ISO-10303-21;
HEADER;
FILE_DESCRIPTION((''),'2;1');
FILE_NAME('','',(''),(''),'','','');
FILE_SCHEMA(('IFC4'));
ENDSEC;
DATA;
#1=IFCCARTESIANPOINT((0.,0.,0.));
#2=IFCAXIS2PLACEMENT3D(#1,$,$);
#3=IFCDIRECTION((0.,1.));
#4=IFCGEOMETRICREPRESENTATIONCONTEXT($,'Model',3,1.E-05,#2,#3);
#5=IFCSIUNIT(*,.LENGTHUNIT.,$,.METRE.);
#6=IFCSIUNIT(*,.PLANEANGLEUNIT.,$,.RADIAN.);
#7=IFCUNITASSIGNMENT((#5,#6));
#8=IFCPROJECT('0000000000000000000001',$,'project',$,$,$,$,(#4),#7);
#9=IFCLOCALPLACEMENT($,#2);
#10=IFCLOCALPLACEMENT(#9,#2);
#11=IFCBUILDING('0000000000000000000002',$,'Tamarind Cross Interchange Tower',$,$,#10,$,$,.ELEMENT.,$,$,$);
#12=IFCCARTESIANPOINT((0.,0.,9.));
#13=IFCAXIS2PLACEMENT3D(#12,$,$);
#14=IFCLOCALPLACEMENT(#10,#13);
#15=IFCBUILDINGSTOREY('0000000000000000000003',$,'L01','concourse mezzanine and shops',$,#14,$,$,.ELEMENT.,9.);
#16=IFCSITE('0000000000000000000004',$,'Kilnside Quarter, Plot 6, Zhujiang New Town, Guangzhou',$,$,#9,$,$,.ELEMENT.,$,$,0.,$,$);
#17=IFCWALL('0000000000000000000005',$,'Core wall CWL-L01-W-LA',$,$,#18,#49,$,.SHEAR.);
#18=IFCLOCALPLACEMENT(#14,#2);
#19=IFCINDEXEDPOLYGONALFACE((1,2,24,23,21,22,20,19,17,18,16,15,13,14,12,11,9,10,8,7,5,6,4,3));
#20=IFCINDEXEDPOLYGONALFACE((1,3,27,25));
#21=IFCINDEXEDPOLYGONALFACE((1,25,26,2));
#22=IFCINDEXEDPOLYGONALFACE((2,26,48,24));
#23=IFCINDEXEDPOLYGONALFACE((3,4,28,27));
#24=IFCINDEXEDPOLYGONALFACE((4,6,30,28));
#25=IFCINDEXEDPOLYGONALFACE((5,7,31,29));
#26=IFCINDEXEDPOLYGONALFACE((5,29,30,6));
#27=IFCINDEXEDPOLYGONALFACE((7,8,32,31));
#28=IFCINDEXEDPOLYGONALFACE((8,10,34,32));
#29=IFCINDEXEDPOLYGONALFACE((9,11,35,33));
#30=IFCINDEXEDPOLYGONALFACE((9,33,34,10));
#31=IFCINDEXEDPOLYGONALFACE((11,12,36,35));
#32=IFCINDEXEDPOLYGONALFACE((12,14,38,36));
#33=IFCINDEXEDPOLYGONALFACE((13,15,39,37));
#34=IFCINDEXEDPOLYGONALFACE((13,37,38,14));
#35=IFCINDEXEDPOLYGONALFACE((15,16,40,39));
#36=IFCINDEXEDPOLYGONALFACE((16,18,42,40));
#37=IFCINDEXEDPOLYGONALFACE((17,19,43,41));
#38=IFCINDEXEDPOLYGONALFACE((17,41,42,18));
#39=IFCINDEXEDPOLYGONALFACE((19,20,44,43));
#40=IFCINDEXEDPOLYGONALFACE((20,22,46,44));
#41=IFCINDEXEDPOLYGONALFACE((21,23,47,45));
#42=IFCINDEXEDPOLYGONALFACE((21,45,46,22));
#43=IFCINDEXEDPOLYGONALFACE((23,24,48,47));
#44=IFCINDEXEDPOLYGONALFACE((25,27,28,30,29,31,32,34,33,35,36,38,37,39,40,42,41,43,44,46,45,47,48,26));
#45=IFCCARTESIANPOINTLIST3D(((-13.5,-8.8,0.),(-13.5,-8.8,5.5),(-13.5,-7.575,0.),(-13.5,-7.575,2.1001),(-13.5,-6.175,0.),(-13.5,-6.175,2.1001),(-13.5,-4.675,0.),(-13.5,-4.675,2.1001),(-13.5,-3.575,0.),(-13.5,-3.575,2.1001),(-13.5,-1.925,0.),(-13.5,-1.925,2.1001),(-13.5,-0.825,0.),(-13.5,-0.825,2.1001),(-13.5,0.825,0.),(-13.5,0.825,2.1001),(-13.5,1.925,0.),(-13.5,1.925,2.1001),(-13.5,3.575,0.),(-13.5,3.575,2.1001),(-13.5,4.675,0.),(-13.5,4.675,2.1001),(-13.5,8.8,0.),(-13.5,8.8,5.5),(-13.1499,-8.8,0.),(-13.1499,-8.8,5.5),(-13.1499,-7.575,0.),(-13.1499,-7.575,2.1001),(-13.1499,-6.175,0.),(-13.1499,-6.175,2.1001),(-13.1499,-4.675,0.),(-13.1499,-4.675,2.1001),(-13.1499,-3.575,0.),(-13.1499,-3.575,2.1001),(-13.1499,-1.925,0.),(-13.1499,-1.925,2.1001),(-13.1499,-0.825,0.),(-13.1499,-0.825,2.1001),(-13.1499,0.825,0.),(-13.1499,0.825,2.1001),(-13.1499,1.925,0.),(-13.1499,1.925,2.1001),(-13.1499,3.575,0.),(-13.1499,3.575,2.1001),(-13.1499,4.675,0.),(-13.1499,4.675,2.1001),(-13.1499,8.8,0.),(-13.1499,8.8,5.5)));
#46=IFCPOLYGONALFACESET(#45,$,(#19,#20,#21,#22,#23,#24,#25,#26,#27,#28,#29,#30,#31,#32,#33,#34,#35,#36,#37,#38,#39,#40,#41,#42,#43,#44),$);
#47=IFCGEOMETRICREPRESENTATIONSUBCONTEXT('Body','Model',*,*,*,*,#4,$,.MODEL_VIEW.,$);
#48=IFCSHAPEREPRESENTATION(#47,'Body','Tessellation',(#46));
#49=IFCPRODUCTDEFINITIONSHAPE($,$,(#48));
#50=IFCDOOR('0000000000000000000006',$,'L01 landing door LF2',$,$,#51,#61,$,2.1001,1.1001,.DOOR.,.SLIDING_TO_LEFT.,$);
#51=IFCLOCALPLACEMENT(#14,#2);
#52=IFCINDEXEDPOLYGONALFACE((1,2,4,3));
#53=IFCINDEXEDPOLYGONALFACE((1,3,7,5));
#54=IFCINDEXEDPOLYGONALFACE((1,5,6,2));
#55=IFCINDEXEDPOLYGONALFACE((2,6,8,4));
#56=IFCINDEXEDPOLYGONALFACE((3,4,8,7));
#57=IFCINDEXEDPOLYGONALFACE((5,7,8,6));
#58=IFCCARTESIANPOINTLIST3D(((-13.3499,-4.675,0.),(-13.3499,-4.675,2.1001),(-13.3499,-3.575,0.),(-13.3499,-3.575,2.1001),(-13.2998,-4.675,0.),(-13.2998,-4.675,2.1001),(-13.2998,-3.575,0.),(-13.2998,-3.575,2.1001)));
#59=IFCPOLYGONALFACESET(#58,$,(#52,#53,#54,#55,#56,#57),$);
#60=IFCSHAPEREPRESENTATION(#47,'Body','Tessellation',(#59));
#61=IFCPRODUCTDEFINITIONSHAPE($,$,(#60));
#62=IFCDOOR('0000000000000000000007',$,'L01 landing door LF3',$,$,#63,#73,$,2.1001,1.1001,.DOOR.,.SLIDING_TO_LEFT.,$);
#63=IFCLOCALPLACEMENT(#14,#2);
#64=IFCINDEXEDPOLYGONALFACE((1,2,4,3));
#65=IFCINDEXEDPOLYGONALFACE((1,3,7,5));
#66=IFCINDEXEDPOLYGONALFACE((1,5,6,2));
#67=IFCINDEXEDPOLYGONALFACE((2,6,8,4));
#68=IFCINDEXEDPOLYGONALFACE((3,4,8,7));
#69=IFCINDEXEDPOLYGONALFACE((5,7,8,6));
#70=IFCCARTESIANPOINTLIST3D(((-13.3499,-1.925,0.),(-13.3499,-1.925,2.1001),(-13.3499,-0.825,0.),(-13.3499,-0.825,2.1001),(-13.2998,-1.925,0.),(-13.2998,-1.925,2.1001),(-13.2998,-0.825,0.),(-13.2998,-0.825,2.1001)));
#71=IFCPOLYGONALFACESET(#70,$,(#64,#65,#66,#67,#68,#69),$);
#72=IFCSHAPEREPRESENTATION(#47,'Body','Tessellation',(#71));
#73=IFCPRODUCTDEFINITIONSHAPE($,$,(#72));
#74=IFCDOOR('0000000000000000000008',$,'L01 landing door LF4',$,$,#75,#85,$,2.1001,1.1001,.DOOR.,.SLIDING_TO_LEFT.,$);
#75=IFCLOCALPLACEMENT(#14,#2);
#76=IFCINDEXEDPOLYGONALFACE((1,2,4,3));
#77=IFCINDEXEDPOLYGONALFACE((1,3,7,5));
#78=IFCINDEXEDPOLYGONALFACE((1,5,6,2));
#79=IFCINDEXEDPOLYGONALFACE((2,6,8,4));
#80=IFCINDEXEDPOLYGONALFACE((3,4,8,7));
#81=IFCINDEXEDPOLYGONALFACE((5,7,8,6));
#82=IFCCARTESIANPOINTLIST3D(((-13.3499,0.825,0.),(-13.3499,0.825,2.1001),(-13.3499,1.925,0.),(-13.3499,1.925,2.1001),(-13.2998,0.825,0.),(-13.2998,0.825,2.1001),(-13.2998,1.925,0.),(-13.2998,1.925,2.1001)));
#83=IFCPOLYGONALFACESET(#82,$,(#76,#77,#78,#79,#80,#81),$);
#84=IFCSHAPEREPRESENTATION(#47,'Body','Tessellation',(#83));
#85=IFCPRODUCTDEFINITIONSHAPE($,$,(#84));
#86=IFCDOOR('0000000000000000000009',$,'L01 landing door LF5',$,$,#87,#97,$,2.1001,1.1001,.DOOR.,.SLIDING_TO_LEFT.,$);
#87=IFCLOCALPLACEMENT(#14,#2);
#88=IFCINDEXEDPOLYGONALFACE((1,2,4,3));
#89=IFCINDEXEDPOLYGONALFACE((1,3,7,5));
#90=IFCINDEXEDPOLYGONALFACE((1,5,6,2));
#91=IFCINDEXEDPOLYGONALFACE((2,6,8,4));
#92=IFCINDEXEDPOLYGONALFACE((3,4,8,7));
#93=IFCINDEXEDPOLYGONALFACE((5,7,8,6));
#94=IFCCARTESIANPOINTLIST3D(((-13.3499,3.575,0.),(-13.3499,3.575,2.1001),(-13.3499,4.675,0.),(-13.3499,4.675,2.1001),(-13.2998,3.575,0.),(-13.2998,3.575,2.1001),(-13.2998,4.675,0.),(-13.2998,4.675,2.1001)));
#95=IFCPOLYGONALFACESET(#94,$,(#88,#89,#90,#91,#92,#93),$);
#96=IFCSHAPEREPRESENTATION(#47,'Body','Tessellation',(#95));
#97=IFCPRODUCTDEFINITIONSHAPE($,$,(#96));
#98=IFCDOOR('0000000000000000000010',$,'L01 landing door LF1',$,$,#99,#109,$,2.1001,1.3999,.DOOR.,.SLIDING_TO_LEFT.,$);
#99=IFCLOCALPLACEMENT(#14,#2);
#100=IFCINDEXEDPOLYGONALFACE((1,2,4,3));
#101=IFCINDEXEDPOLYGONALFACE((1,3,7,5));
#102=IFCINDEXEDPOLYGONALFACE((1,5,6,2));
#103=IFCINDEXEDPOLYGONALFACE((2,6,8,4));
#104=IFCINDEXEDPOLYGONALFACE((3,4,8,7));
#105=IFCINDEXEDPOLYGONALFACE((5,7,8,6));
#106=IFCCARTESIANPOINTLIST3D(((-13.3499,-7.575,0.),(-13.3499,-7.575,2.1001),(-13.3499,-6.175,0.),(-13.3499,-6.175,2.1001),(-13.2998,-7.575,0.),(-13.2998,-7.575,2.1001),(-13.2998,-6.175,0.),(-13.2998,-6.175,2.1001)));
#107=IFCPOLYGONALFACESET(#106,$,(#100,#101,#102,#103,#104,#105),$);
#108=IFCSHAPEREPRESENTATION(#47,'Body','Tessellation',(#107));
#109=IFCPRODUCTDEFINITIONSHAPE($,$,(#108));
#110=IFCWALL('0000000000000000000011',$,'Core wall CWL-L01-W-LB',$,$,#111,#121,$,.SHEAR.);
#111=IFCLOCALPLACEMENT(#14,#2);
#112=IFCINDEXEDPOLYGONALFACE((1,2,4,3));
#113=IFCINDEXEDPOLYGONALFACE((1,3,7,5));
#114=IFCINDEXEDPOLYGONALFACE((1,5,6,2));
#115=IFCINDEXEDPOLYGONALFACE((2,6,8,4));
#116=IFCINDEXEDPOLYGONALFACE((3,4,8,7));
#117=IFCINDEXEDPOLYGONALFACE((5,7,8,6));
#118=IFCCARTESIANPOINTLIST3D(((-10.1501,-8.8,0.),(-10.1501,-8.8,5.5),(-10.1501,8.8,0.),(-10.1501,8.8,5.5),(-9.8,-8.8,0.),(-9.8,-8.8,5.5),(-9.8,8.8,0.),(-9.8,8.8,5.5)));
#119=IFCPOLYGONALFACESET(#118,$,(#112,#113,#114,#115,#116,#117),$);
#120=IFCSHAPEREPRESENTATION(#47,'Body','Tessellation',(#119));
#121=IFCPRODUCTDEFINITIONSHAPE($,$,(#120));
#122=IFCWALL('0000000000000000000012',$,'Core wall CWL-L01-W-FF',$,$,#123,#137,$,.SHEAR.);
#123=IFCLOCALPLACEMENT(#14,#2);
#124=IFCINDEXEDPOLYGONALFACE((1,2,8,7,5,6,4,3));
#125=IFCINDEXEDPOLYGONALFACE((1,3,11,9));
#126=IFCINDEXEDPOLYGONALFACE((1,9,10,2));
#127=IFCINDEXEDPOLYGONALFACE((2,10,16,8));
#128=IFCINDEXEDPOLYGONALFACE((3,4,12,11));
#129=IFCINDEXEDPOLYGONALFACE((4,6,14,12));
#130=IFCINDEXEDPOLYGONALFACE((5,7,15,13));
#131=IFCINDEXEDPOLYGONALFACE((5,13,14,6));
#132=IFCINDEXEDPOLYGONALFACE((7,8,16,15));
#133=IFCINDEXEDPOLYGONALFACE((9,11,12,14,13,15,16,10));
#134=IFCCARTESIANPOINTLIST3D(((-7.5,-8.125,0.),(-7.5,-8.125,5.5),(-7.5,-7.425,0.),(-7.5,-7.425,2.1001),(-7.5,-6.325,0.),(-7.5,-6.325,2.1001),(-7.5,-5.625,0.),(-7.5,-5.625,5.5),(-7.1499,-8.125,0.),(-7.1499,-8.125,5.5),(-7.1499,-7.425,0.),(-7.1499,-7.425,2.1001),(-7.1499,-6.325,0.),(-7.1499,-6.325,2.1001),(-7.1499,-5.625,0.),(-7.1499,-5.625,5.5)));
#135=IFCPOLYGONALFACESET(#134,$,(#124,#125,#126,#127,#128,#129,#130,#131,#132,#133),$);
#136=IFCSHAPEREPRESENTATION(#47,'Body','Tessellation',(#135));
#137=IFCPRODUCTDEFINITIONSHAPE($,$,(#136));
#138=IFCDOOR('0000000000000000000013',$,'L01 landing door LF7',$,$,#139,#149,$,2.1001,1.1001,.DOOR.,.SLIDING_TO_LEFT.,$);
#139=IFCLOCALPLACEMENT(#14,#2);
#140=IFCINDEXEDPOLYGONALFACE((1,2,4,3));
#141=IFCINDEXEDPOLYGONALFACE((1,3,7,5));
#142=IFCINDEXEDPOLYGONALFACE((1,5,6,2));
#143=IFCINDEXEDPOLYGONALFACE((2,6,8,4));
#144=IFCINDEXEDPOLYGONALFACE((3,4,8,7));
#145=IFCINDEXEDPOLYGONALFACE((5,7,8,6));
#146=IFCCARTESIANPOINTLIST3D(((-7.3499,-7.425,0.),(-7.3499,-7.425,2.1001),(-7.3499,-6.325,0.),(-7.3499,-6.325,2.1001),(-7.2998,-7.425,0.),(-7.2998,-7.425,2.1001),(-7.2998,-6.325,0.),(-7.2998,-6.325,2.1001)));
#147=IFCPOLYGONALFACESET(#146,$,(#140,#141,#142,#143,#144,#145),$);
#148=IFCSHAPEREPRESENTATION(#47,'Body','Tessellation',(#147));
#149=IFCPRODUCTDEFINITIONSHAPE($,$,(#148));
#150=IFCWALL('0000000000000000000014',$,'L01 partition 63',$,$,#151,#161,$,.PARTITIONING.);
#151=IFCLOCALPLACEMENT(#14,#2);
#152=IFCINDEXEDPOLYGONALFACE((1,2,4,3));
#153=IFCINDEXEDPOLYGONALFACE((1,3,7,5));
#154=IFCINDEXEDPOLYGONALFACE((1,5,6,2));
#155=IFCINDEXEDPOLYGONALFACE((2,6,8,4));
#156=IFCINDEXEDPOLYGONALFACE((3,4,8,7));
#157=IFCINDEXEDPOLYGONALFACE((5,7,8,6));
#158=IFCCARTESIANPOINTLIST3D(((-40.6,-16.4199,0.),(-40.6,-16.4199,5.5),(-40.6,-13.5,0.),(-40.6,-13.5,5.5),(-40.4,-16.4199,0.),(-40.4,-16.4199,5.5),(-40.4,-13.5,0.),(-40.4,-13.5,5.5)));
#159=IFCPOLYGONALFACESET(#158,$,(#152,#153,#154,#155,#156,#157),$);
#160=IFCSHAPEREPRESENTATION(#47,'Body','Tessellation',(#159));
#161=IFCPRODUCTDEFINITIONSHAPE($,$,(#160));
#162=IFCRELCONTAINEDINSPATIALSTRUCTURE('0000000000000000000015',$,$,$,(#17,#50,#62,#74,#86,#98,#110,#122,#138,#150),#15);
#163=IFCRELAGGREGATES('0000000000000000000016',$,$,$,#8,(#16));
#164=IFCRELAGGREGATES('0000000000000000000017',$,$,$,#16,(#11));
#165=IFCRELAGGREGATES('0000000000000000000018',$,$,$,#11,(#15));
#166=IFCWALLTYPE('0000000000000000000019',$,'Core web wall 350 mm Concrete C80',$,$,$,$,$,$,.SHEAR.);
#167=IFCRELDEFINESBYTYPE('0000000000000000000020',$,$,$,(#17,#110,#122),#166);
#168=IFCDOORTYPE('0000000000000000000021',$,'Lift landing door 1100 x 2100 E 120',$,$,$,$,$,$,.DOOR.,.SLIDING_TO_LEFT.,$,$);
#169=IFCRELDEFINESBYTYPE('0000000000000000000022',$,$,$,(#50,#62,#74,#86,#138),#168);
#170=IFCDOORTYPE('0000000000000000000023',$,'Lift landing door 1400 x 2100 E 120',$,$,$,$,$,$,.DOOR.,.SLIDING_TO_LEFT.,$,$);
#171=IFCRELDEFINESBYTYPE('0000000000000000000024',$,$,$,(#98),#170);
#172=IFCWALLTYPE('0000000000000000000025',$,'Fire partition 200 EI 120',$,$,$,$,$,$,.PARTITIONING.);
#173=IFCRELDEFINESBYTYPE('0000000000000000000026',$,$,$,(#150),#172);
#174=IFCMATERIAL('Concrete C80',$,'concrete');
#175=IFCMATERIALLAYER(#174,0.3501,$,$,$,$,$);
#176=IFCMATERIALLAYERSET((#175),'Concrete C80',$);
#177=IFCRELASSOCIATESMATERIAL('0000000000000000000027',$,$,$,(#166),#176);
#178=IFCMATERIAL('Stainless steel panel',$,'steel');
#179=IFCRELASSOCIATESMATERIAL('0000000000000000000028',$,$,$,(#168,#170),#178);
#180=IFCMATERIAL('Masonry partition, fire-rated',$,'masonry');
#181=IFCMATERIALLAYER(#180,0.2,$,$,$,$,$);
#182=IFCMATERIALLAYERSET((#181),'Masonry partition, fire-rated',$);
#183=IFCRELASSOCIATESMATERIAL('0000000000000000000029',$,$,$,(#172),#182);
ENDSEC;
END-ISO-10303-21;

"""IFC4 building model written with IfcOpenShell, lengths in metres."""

from ifc_helpers import new_model, si_unit, direction, frame, frame_2d, origin, place, context, subcontext, project, spatial, rectangle, extrude, material, layer, layer_set, type_object, element, fill, save


model = new_model("IFC4")

# Units and contexts
model_context = context("Model", 3, precision=1e-05, world=origin(), true_north=direction((0.0, 1.0)))
body_context = subcontext(model_context, "Body", "Model", "MODEL_VIEW")
ifc_project = project(units=[si_unit("LENGTHUNIT", "METRE"), si_unit("PLANEANGLEUNIT", "RADIAN")], contexts=[model_context])

# Site, building, storey
site_placement = place(None, origin())
site = spatial("IfcSite", under=ifc_project, at=site_placement, Name="Kilnside Quarter, Plot 6, Zhujiang New Town, Guangzhou", CompositionType="ELEMENT", RefElevation=0.0)
building_placement = place(site_placement, origin())
building = spatial("IfcBuilding", under=site, at=building_placement, Name="Tamarind Cross Interchange Tower", CompositionType="ELEMENT")
storey_placement = place(building_placement, frame((0.0, 0.0, 9.0)))
storey = spatial("IfcBuildingStorey", under=building, at=storey_placement, Name="L01", Description="concourse mezzanine and shops", CompositionType="ELEMENT", Elevation=9.0)

# Shared definitions
ifc_material_1 = material(Name="Concrete C80", Category="concrete")

# Shared definitions
ifc_layer_1 = layer(ifc_material_1, 0.3501)
ifc_layer_set_1 = layer_set([ifc_layer_1], Name="Concrete C80")
wall_type_1 = type_object("IfcWallType", Name="Core web wall 350 mm Concrete C80", PredefinedType="SHEAR", material=ifc_layer_set_1)

# Wall, openings, doors
wall_1_placement = place(storey_placement, frame((-13.325, -8.8, 0.0), z_axis=(0.0, 0.0, 1.0), x_axis=(0.0, 1.0, 0.0)))
wall_1 = element("IfcWall", 1, at=wall_1_placement, inside=storey, type_object=wall_type_1, Name="Core wall CWL-L01-W-LA", PredefinedType="SHEAR", context=body_context, shape_type="SweptSolid", body=[
    extrude(rectangle(XDim=17.6001, YDim=0.3501, at=frame_2d((8.8, 0.0))), origin(), (0.0, 0.0, 1.0), 5.5),
])
opening_1_placement = place(wall_1_placement, frame((1.2251, 0.0, 0.0)))
opening_1 = element("IfcOpeningElement", 2, at=opening_1_placement, cuts=wall_1, PredefinedType="OPENING", context=body_context, shape_type="SweptSolid", body=[
    extrude(rectangle(XDim=1.3999, YDim=2.1001, at=frame_2d((0.7, 1.05))), frame((0.0, 0.1851, 0.0), z_axis=(0.0, -1.0, 0.0), x_axis=(1.0, 0.0, 0.0)), (0.0, 0.0, 1.0), 0.3701),
])
opening_2_placement = place(wall_1_placement, frame((4.125, 0.0, 0.0)))
opening_2 = element("IfcOpeningElement", 3, at=opening_2_placement, cuts=wall_1, PredefinedType="OPENING", context=body_context, shape_type="SweptSolid", body=[
    extrude(rectangle(XDim=1.1001, YDim=2.1001, at=frame_2d((0.55, 1.05))), frame((0.0, 0.1851, 0.0), z_axis=(0.0, -1.0, 0.0), x_axis=(1.0, 0.0, 0.0)), (0.0, 0.0, 1.0), 0.3701),
])
opening_3_placement = place(wall_1_placement, frame((6.875, 0.0, 0.0)))
opening_3 = element("IfcOpeningElement", 4, at=opening_3_placement, cuts=wall_1, PredefinedType="OPENING", context=body_context, shape_type="SweptSolid", body=[
    extrude(rectangle(XDim=1.1001, YDim=2.1001, at=frame_2d((0.55, 1.05))), frame((0.0, 0.1851, 0.0), z_axis=(0.0, -1.0, 0.0), x_axis=(1.0, 0.0, 0.0)), (0.0, 0.0, 1.0), 0.3701),
])
opening_4_placement = place(wall_1_placement, frame((9.625, 0.0, 0.0)))
opening_4 = element("IfcOpeningElement", 5, at=opening_4_placement, cuts=wall_1, PredefinedType="OPENING", context=body_context, shape_type="SweptSolid", body=[
    extrude(rectangle(XDim=1.1001, YDim=2.1001, at=frame_2d((0.55, 1.05))), frame((0.0, 0.1851, 0.0), z_axis=(0.0, -1.0, 0.0), x_axis=(1.0, 0.0, 0.0)), (0.0, 0.0, 1.0), 0.3701),
])
opening_5_placement = place(wall_1_placement, frame((12.375, 0.0, 0.0)))
opening_5 = element("IfcOpeningElement", 6, at=opening_5_placement, cuts=wall_1, PredefinedType="OPENING", context=body_context, shape_type="SweptSolid", body=[
    extrude(rectangle(XDim=1.1001, YDim=2.1001, at=frame_2d((0.55, 1.05))), frame((0.0, 0.1851, 0.0), z_axis=(0.0, -1.0, 0.0), x_axis=(1.0, 0.0, 0.0)), (0.0, 0.0, 1.0), 0.3701),
])
ifc_material_2 = material(Name="Stainless steel panel", Category="steel")
door_type_1 = type_object("IfcDoorType", Name="Lift landing door 1100 x 2100 E 120", OperationType="SLIDING_TO_LEFT", PredefinedType="DOOR", material=ifc_material_2)
door_1_placement = place(opening_2_placement, origin())
door_1 = element("IfcDoor", 7, at=door_1_placement, inside=storey, type_object=door_type_1, Name="L01 landing door LF2", OperationType="SLIDING_TO_LEFT", OverallHeight=2.1001, OverallWidth=1.1001, PredefinedType="DOOR", context=body_context, shape_type="SweptSolid", body=[
    extrude(rectangle(XDim=1.1001, YDim=2.1001, at=frame_2d((0.55, 1.05))), frame((0.0, 0.0249, 0.0), z_axis=(0.0, -1.0, 0.0), x_axis=(1.0, 0.0, 0.0)), (0.0, 0.0, 1.0), 0.05),
])
fill(opening_2, door_1)
door_2_placement = place(opening_3_placement, origin())
door_2 = element("IfcDoor", 8, at=door_2_placement, inside=storey, type_object=door_type_1, Name="L01 landing door LF3", OperationType="SLIDING_TO_LEFT", OverallHeight=2.1001, OverallWidth=1.1001, PredefinedType="DOOR", context=body_context, shape_type="SweptSolid", body=[
    extrude(rectangle(XDim=1.1001, YDim=2.1001, at=frame_2d((0.55, 1.05))), frame((0.0, 0.0249, 0.0), z_axis=(0.0, -1.0, 0.0), x_axis=(1.0, 0.0, 0.0)), (0.0, 0.0, 1.0), 0.05),
])
fill(opening_3, door_2)
door_3_placement = place(opening_4_placement, origin())
door_3 = element("IfcDoor", 9, at=door_3_placement, inside=storey, type_object=door_type_1, Name="L01 landing door LF4", OperationType="SLIDING_TO_LEFT", OverallHeight=2.1001, OverallWidth=1.1001, PredefinedType="DOOR", context=body_context, shape_type="SweptSolid", body=[
    extrude(rectangle(XDim=1.1001, YDim=2.1001, at=frame_2d((0.55, 1.05))), frame((0.0, 0.0249, 0.0), z_axis=(0.0, -1.0, 0.0), x_axis=(1.0, 0.0, 0.0)), (0.0, 0.0, 1.0), 0.05),
])
fill(opening_4, door_3)
door_4_placement = place(opening_5_placement, origin())
door_4 = element("IfcDoor", 10, at=door_4_placement, inside=storey, type_object=door_type_1, Name="L01 landing door LF5", OperationType="SLIDING_TO_LEFT", OverallHeight=2.1001, OverallWidth=1.1001, PredefinedType="DOOR", context=body_context, shape_type="SweptSolid", body=[
    extrude(rectangle(XDim=1.1001, YDim=2.1001, at=frame_2d((0.55, 1.05))), frame((0.0, 0.0249, 0.0), z_axis=(0.0, -1.0, 0.0), x_axis=(1.0, 0.0, 0.0)), (0.0, 0.0, 1.0), 0.05),
])
fill(opening_5, door_4)
door_type_2 = type_object("IfcDoorType", Name="Lift landing door 1400 x 2100 E 120", OperationType="SLIDING_TO_LEFT", PredefinedType="DOOR", material=ifc_material_2)
door_5_placement = place(opening_1_placement, origin())
door_5 = element("IfcDoor", 11, at=door_5_placement, inside=storey, type_object=door_type_2, Name="L01 landing door LF1", OperationType="SLIDING_TO_LEFT", OverallHeight=2.1001, OverallWidth=1.3999, PredefinedType="DOOR", context=body_context, shape_type="SweptSolid", body=[
    extrude(rectangle(XDim=1.3999, YDim=2.1001, at=frame_2d((0.7, 1.05))), frame((0.0, 0.0249, 0.0), z_axis=(0.0, -1.0, 0.0), x_axis=(1.0, 0.0, 0.0)), (0.0, 0.0, 1.0), 0.05),
])
fill(opening_1, door_5)

# Wall
wall_2_placement = place(storey_placement, frame((-9.9751, -8.8, 0.0), z_axis=(0.0, 0.0, 1.0), x_axis=(0.0, 1.0, 0.0)))
element("IfcWall", 12, at=wall_2_placement, inside=storey, type_object=wall_type_1, Name="Core wall CWL-L01-W-LB", PredefinedType="SHEAR", context=body_context, shape_type="SweptSolid", body=[
    extrude(rectangle(XDim=17.6001, YDim=0.3501, at=frame_2d((8.8, 0.0))), origin(), (0.0, 0.0, 1.0), 5.5),
])

# Wall, opening, door
wall_3_placement = place(storey_placement, frame((-7.325, -8.125, 0.0), z_axis=(0.0, 0.0, 1.0), x_axis=(0.0, 1.0, 0.0)))
wall_3 = element("IfcWall", 13, at=wall_3_placement, inside=storey, type_object=wall_type_1, Name="Core wall CWL-L01-W-FF", PredefinedType="SHEAR", context=body_context, shape_type="SweptSolid", body=[
    extrude(rectangle(XDim=2.5, YDim=0.3501, at=frame_2d((1.25, 0.0))), origin(), (0.0, 0.0, 1.0), 5.5),
])
opening_6_placement = place(wall_3_placement, frame((0.7, 0.0, 0.0)))
opening_6 = element("IfcOpeningElement", 14, at=opening_6_placement, cuts=wall_3, PredefinedType="OPENING", context=body_context, shape_type="SweptSolid", body=[
    extrude(rectangle(XDim=1.1001, YDim=2.1001, at=frame_2d((0.55, 1.05))), frame((0.0, 0.1851, 0.0), z_axis=(0.0, -1.0, 0.0), x_axis=(1.0, 0.0, 0.0)), (0.0, 0.0, 1.0), 0.3701),
])
door_6_placement = place(opening_6_placement, origin())
door_6 = element("IfcDoor", 15, at=door_6_placement, inside=storey, type_object=door_type_1, Name="L01 landing door LF7", OperationType="SLIDING_TO_LEFT", OverallHeight=2.1001, OverallWidth=1.1001, PredefinedType="DOOR", context=body_context, shape_type="SweptSolid", body=[
    extrude(rectangle(XDim=1.1001, YDim=2.1001, at=frame_2d((0.55, 1.05))), frame((0.0, 0.0249, 0.0), z_axis=(0.0, -1.0, 0.0), x_axis=(1.0, 0.0, 0.0)), (0.0, 0.0, 1.0), 0.05),
])
fill(opening_6, door_6)

# Wall
ifc_material_3 = material(Name="Masonry partition, fire-rated", Category="masonry")
ifc_layer_2 = layer(ifc_material_3, 0.2)
ifc_layer_set_2 = layer_set([ifc_layer_2], Name="Masonry partition, fire-rated")
wall_type_2 = type_object("IfcWallType", Name="Fire partition 200 EI 120", PredefinedType="PARTITIONING", material=ifc_layer_set_2)
wall_4_placement = place(storey_placement, frame((-40.5, -16.4199, 0.0), z_axis=(0.0, 0.0, 1.0), x_axis=(0.0, 1.0, 0.0)))
element("IfcWall", 16, at=wall_4_placement, inside=storey, type_object=wall_type_2, Name="L01 partition 63", PredefinedType="PARTITIONING", context=body_context, shape_type="SweptSolid", body=[
    extrude(rectangle(XDim=2.9199, YDim=0.2, at=frame_2d((1.46, 0.0))), origin(), (0.0, 0.0, 1.0), 5.5),
])

save(model, "model.ifc")
